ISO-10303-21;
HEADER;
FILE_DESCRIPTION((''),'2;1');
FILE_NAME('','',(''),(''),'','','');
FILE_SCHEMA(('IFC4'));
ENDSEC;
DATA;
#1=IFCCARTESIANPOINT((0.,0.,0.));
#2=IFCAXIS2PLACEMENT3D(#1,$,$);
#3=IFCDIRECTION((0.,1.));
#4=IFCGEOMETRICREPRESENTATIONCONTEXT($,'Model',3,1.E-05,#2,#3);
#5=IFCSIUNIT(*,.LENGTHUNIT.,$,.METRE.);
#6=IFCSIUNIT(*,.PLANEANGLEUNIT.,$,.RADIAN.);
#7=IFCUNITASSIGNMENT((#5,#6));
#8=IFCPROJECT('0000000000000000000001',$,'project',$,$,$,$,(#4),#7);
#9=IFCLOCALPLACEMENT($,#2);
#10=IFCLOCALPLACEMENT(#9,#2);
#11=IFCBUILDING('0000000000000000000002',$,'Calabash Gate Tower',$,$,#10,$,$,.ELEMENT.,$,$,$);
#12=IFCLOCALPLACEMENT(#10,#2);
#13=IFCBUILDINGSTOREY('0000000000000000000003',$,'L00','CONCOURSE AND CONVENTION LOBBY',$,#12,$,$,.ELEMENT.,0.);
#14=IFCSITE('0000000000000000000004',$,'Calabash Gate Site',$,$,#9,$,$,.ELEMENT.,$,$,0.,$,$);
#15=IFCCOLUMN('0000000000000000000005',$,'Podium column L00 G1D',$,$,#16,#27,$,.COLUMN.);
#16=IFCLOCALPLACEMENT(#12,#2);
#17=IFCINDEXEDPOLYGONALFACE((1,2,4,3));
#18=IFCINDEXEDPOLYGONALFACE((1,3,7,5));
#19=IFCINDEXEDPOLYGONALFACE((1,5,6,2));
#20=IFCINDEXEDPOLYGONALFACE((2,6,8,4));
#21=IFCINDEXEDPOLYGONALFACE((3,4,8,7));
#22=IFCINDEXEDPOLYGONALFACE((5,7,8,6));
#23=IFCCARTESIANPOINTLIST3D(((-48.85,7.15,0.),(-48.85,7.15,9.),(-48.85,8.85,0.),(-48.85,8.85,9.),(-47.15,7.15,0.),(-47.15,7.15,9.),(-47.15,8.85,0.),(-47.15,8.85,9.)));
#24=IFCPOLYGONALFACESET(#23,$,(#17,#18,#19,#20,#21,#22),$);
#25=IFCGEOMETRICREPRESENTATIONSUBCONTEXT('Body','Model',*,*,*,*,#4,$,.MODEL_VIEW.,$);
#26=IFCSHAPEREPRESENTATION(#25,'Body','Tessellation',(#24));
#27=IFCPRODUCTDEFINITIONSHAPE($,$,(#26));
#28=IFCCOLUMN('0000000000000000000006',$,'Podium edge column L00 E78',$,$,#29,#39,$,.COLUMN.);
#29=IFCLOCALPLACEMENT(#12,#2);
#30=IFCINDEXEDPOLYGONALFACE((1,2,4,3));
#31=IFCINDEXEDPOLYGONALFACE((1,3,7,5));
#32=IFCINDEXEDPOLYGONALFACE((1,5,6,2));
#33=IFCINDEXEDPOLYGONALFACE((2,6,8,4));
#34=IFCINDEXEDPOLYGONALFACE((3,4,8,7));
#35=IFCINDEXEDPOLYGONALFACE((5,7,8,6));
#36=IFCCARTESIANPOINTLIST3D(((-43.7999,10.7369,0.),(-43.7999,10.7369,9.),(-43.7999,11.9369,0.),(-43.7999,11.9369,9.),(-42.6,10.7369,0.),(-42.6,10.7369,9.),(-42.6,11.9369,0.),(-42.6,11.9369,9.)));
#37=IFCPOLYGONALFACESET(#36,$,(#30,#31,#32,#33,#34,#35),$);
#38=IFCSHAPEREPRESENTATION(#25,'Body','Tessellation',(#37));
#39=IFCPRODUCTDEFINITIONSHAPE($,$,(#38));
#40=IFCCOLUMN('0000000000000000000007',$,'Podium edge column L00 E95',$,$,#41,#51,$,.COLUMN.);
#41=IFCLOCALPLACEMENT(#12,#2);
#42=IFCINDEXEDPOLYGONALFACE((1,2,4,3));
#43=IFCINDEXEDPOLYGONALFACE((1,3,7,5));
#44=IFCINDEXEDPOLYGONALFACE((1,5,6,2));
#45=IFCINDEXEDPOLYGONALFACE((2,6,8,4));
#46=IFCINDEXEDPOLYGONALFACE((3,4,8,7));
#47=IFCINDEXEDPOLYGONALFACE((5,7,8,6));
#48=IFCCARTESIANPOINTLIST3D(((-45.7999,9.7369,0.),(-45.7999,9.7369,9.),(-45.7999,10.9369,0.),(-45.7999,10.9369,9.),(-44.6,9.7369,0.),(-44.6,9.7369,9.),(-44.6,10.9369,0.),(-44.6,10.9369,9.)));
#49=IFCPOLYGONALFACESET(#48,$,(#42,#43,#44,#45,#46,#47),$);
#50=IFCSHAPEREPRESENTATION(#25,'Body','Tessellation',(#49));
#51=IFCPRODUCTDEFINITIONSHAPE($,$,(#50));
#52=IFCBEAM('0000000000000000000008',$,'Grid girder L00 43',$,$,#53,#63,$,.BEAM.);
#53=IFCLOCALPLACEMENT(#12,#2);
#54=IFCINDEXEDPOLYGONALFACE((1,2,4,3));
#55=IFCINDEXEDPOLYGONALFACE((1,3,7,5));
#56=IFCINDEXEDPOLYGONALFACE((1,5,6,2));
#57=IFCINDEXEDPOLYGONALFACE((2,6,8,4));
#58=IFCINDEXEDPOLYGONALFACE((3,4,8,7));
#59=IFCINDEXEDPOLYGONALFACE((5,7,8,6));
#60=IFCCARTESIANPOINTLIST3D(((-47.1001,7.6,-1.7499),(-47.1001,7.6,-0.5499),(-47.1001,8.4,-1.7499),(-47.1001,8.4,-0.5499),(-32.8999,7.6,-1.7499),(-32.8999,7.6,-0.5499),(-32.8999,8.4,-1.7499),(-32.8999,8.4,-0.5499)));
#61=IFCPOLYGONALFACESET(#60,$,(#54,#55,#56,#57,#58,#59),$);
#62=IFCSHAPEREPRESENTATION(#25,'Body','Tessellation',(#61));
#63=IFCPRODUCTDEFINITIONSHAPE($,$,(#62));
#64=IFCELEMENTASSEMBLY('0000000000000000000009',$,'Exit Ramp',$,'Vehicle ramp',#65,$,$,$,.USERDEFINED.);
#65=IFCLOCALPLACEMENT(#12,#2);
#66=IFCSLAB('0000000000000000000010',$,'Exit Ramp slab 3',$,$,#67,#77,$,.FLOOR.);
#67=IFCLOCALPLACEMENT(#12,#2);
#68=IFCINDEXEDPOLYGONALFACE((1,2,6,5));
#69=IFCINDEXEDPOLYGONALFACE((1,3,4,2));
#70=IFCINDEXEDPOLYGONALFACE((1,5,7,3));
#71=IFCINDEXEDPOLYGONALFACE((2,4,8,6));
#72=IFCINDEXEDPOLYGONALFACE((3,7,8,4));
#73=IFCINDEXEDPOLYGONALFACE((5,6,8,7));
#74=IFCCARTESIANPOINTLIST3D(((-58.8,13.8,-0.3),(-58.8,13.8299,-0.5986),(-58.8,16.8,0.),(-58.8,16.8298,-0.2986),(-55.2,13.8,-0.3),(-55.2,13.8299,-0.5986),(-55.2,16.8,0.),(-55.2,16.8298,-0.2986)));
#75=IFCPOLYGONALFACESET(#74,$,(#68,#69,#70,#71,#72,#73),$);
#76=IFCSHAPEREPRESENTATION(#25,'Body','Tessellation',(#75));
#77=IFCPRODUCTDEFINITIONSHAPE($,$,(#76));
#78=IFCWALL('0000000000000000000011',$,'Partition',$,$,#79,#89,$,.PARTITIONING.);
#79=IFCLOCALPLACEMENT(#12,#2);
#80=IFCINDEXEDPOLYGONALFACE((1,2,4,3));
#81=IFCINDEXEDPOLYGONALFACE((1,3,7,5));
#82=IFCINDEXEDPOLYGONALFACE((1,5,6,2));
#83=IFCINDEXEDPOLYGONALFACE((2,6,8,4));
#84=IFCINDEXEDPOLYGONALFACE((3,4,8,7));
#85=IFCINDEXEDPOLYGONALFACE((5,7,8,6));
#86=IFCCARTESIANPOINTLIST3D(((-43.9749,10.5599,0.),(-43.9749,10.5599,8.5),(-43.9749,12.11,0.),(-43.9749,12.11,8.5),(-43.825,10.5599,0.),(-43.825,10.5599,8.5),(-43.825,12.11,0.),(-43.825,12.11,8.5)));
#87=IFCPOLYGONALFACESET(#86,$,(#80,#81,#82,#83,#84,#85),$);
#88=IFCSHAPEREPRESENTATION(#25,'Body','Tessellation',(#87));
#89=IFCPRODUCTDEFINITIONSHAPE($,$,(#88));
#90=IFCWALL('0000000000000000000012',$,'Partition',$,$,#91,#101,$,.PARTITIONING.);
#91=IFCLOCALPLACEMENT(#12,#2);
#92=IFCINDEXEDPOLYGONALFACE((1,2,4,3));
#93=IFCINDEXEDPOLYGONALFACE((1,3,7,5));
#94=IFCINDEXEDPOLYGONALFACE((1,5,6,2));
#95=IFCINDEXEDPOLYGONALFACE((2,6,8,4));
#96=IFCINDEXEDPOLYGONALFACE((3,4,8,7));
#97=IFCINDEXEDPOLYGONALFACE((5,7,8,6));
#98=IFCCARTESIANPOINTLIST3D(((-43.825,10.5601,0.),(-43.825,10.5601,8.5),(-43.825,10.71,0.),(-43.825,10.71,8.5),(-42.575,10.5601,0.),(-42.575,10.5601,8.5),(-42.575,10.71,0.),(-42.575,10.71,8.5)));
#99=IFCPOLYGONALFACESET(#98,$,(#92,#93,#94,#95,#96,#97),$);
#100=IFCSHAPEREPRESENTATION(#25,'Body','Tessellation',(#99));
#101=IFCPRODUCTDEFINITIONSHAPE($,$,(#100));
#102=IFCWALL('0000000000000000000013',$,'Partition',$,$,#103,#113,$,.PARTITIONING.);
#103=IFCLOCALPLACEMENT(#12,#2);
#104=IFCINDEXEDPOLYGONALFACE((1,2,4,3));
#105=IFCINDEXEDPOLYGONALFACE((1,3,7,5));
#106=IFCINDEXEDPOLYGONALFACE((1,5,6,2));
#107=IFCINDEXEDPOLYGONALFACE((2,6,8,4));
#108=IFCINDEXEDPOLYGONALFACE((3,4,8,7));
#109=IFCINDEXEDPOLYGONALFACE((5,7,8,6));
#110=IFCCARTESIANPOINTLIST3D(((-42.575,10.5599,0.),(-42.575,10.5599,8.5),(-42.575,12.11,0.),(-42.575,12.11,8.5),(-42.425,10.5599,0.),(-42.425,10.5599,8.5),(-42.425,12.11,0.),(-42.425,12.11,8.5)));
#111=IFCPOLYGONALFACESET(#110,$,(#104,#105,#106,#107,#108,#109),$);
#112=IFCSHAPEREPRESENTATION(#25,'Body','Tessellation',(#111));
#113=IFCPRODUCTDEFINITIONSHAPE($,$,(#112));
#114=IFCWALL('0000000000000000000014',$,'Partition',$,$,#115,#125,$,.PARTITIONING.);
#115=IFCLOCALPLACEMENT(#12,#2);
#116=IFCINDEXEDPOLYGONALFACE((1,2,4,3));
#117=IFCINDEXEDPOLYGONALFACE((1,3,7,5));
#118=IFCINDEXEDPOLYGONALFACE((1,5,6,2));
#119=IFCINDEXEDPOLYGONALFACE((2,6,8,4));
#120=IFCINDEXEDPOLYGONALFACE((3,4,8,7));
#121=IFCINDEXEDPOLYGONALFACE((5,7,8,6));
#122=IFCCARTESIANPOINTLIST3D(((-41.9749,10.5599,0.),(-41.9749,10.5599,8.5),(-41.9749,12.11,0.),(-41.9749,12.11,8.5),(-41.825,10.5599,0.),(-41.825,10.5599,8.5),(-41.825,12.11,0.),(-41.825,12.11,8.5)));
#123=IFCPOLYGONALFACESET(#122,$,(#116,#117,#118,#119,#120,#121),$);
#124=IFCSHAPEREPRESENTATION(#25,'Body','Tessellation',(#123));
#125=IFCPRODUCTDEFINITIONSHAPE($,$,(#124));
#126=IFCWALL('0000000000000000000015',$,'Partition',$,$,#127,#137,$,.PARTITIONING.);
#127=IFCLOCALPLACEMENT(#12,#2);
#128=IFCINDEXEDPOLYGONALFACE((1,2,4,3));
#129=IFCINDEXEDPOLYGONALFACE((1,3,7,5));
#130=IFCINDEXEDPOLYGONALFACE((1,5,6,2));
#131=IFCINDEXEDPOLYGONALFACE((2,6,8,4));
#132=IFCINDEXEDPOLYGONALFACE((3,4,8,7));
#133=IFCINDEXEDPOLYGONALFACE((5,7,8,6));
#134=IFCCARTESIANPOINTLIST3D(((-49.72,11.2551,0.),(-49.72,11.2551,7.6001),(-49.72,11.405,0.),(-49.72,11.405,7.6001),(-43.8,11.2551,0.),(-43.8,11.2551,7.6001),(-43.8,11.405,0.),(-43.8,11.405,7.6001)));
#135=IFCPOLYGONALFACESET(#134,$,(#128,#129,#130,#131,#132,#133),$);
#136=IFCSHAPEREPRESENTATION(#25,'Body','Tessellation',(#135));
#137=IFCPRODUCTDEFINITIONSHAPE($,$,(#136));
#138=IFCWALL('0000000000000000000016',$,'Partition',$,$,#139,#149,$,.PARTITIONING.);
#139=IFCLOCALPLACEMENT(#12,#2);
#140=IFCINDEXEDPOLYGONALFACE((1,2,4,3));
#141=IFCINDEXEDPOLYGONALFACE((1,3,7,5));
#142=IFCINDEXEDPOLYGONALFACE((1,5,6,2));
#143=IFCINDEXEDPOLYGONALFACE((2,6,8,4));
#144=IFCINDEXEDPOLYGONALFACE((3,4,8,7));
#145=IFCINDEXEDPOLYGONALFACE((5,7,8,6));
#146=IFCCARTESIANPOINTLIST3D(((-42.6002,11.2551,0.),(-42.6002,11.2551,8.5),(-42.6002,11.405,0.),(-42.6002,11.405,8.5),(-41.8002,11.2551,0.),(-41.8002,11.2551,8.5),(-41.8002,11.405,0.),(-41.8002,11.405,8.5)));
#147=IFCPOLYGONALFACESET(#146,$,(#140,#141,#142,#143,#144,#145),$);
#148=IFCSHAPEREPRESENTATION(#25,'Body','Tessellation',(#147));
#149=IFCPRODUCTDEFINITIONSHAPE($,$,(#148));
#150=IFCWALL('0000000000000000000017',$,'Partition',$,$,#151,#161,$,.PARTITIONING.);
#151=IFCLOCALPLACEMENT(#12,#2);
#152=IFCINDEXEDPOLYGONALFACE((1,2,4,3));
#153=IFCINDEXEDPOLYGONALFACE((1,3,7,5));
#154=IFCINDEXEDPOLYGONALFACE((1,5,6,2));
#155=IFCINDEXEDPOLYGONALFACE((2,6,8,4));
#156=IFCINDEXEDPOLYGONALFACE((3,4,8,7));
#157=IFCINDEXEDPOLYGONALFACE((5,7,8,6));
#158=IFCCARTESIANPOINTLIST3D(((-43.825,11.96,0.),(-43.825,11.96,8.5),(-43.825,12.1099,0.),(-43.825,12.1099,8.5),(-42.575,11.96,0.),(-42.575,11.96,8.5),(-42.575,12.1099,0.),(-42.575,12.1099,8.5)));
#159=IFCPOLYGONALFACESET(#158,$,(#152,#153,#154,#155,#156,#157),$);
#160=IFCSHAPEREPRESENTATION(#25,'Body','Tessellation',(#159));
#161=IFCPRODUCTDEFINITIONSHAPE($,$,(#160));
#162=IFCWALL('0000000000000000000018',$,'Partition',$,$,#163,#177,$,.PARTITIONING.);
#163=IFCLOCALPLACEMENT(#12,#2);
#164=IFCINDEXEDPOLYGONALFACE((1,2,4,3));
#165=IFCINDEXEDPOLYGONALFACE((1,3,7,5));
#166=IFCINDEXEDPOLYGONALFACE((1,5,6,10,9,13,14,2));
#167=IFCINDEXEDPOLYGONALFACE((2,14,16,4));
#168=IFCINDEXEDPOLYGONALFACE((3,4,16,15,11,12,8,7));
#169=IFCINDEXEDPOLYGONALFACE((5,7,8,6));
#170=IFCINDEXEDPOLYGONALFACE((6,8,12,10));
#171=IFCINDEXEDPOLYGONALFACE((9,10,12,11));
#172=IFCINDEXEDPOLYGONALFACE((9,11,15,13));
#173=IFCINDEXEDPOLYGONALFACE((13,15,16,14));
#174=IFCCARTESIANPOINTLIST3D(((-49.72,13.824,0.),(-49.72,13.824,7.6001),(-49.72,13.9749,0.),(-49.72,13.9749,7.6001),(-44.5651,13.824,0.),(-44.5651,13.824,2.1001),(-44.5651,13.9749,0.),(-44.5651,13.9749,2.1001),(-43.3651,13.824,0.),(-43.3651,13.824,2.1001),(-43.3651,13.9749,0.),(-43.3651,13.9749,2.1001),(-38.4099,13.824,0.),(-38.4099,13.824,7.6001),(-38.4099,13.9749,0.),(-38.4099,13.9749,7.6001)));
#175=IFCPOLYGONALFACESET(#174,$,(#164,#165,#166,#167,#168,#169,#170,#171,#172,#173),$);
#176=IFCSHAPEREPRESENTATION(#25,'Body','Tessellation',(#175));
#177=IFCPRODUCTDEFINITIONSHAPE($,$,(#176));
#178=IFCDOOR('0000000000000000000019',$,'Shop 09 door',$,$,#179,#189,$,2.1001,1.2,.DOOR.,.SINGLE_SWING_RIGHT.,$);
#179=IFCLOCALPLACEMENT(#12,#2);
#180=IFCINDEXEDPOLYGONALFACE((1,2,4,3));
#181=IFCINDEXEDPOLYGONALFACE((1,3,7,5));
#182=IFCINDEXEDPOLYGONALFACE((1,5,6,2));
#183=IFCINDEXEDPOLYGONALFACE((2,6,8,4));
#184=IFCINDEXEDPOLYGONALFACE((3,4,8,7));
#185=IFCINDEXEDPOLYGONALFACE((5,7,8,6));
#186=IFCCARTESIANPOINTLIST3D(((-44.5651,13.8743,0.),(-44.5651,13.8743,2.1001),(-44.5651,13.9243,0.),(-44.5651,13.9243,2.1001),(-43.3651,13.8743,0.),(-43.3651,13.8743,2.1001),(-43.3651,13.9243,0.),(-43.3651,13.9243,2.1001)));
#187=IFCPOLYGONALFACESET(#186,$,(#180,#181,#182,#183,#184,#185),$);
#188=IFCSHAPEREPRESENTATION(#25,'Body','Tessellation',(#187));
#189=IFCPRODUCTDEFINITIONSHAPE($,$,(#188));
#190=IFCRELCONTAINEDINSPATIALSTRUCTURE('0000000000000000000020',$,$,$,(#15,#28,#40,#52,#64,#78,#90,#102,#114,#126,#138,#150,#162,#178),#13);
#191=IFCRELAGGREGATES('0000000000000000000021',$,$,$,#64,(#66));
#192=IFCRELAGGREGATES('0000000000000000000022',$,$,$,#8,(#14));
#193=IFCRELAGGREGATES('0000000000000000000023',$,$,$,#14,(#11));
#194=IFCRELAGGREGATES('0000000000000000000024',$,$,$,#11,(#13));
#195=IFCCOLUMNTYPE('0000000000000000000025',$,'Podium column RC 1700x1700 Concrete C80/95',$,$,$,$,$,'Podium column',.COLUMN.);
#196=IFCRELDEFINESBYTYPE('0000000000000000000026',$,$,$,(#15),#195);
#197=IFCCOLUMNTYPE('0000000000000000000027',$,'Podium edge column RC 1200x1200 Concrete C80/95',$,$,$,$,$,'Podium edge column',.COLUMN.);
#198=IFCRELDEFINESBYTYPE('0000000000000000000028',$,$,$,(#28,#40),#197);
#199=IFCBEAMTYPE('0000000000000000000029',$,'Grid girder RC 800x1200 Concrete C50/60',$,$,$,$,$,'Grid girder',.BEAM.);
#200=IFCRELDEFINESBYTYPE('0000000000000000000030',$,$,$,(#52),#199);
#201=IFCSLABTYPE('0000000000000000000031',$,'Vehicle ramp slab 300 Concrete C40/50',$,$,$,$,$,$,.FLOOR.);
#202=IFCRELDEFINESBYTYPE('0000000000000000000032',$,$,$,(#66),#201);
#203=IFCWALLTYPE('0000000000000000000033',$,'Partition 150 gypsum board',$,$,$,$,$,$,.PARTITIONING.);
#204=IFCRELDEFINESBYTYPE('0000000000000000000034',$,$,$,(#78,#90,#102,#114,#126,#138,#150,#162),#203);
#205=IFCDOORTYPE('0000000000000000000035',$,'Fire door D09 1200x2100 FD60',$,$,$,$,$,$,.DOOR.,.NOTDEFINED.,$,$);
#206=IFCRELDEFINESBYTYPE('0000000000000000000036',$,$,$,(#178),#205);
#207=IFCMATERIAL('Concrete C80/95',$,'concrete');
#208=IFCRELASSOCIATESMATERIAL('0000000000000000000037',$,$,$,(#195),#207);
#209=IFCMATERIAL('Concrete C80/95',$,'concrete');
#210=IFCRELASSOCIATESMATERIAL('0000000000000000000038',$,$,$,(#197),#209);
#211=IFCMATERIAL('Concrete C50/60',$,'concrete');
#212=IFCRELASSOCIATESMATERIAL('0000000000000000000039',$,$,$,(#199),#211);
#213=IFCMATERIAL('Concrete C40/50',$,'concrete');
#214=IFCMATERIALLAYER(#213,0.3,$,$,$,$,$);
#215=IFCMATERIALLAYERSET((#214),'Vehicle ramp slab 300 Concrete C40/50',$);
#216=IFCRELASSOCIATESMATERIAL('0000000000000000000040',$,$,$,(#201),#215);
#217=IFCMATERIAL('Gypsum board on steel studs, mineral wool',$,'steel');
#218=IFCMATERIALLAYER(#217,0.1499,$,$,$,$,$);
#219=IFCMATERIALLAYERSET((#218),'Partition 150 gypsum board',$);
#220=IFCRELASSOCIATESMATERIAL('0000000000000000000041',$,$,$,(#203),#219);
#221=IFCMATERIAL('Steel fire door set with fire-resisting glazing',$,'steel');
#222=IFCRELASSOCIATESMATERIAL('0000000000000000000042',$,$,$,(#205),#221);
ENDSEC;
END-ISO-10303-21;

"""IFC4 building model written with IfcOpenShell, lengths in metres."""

from ifc_helpers import new_model, si_unit, direction, frame, frame_2d, origin, origin_2d, place, context, subcontext, project, spatial, polyline, rectangle, outline, extrude, material, layer, layer_set, material_profile, profile_set, type_object, element, fill, aggregate, save


model = new_model("IFC4")

# Units and contexts
model_context = context("Model", 3, precision=1e-05, world=origin(), true_north=direction((0.0, 1.0)))
body_context = subcontext(model_context, "Body", "Model", "MODEL_VIEW")
ifc_project = project(units=[si_unit("LENGTHUNIT", "METRE"), si_unit("PLANEANGLEUNIT", "RADIAN")], contexts=[model_context])

# Site, building, storey
site_placement = place(None, origin())
site = spatial("IfcSite", under=ifc_project, at=site_placement, Name="Calabash Gate Site", CompositionType="ELEMENT", RefElevation=0.0)
building_placement = place(site_placement, origin())
building = spatial("IfcBuilding", under=site, at=building_placement, Name="Calabash Gate Tower", CompositionType="ELEMENT")
storey_placement = place(building_placement, origin())
storey = spatial("IfcBuildingStorey", under=building, at=storey_placement, Name="L00", Description="CONCOURSE AND CONVENTION LOBBY", CompositionType="ELEMENT", Elevation=0.0)

# Columns
ifc_material_1 = material(Name="Concrete C80/95", Category="concrete")
ifc_material_profile_1 = material_profile(ifc_material_1, rectangle(XDim=1.7, YDim=1.7, at=origin_2d()))
ifc_profile_set_1 = profile_set([ifc_material_profile_1], Name="Concrete C80/95")
column_type_1 = type_object("IfcColumnType", Name="Podium column RC 1700x1700 Concrete C80/95", ElementType="Podium column", PredefinedType="COLUMN", material=ifc_profile_set_1)
column_placement = place(storey_placement, frame((-48.0, 8.0, 0.0), z_axis=(0.0, 0.0, 1.0), x_axis=(1.0, 0.0, 0.0)))
element("IfcColumn", 1, at=column_placement, inside=storey, type_object=column_type_1, Name="Podium column L00 G1D", PredefinedType="COLUMN", context=body_context, shape_type="SweptSolid", body=[
    extrude(rectangle(XDim=1.7, YDim=1.7, at=origin_2d()), origin(), (0.0, 0.0, 1.0), 9.0),
])
ifc_material_2 = material(Name="Concrete C80/95", Category="concrete")
ifc_material_profile_2 = material_profile(ifc_material_2, rectangle(XDim=1.2, YDim=1.2, at=origin_2d()))
ifc_profile_set_2 = profile_set([ifc_material_profile_2], Name="Concrete C80/95")
column_type_2 = type_object("IfcColumnType", Name="Podium edge column RC 1200x1200 Concrete C80/95", ElementType="Podium edge column", PredefinedType="COLUMN", material=ifc_profile_set_2)
for number, where, z_axis, x_axis, name in (
    (2, (-43.2, 11.3369, 0.0), (0.0, 0.0, 1.0), (1.0, 0.0, 0.0), "Podium edge column L00 E78"),
    (3, (-45.2, 10.3369, 0.0), (0.0, 0.0, 1.0), (1.0, 0.0, 0.0), "Podium edge column L00 E95"),
):
    element("IfcColumn", number, at=place(storey_placement, frame(where, z_axis=z_axis, x_axis=x_axis)), inside=storey, type_object=column_type_2, Name=name, PredefinedType="COLUMN", context=body_context, shape_type="SweptSolid", body=[
        extrude(rectangle(XDim=1.2, YDim=1.2, at=origin_2d()), origin(), (0.0, 0.0, 1.0), 9.0),
    ])

# Beam
ifc_material_3 = material(Name="Concrete C50/60", Category="concrete")
ifc_material_profile_3 = material_profile(ifc_material_3, rectangle(XDim=0.8, YDim=1.2, at=origin_2d()))
ifc_profile_set_3 = profile_set([ifc_material_profile_3], Name="Concrete C50/60")
beam_type = type_object("IfcBeamType", Name="Grid girder RC 800x1200 Concrete C50/60", ElementType="Grid girder", PredefinedType="BEAM", material=ifc_profile_set_3)
beam_placement = place(storey_placement, frame((-47.1001, 8.0, -1.1499), z_axis=(1.0, 0.0, 0.0), x_axis=(0.0, 1.0, 0.0)))
element("IfcBeam", 4, at=beam_placement, inside=storey, type_object=beam_type, Name="Grid girder L00 43", PredefinedType="BEAM", context=body_context, shape_type="SweptSolid", body=[
    extrude(rectangle(XDim=0.8, YDim=1.2, at=origin_2d()), origin(), (0.0, 0.0, 1.0), 14.2002),
])

# Element assembly, slab
assembly_placement = place(storey_placement, origin())
assembly = element("IfcElementAssembly", 5, at=assembly_placement, inside=storey, Name="Exit Ramp", ObjectType="Vehicle ramp", PredefinedType="USERDEFINED")
ifc_material_4 = material(Name="Concrete C40/50", Category="concrete")
ifc_layer_1 = layer(ifc_material_4, 0.3)
ifc_layer_set_1 = layer_set([ifc_layer_1], Name="Vehicle ramp slab 300 Concrete C40/50")
slab_type = type_object("IfcSlabType", Name="Vehicle ramp slab 300 Concrete C40/50", PredefinedType="FLOOR", material=ifc_layer_set_1)
slab_placement = place(storey_placement, frame((-58.8, 13.8, -0.3), z_axis=(0.0, -0.09952, 0.995036), x_axis=(1.0, 0.0, 0.0)))
slab = element("IfcSlab", 6, at=slab_placement, type_object=slab_type, Name="Exit Ramp slab 3", PredefinedType="FLOOR", context=body_context, shape_type="SweptSolid", body=[
    extrude(outline(polyline([(0.0, 0.0), (3.6001, 0.0), (3.6001, 3.0149), (0.0, 3.0149), (0.0, 0.0)])), origin(), (0.0, 0.0, -1.0), 0.3),
])

# Walls
ifc_material_5 = material(Name="Gypsum board on steel studs, mineral wool", Category="steel")
ifc_layer_2 = layer(ifc_material_5, 0.1499)
ifc_layer_set_2 = layer_set([ifc_layer_2], Name="Partition 150 gypsum board")
wall_type_1 = type_object("IfcWallType", Name="Partition 150 gypsum board", PredefinedType="PARTITIONING", material=ifc_layer_set_2)
wall_1_placement = place(storey_placement, frame((-43.8999, 10.5601, 0.0), z_axis=(0.0, 0.0, 1.0), x_axis=(0.0, 1.0, 0.0)))
element("IfcWall", 7, at=wall_1_placement, inside=storey, type_object=wall_type_1, Name="Partition", PredefinedType="PARTITIONING", context=body_context, shape_type="SweptSolid", body=[
    extrude(rectangle(XDim=1.55, YDim=0.1499, at=frame_2d((0.7749, 0.0))), origin(), (0.0, 0.0, 1.0), 8.5),
])
wall_2_placement = place(storey_placement, frame((-43.825, 10.635, 0.0), z_axis=(0.0, 0.0, 1.0), x_axis=(1.0, 0.0, 0.0)))
element("IfcWall", 8, at=wall_2_placement, inside=storey, type_object=wall_type_1, Name="Partition", PredefinedType="PARTITIONING", context=body_context, shape_type="SweptSolid", body=[
    extrude(rectangle(XDim=1.25, YDim=0.1499, at=frame_2d((0.625, 0.0))), origin(), (0.0, 0.0, 1.0), 8.5),
])
for number, where, z_axis, x_axis, name in (
    (9, (-42.5, 10.5601, 0.0), (0.0, 0.0, 1.0), (0.0, 1.0, 0.0), "Partition"),
    (10, (-41.8999, 10.5601, 0.0), (0.0, 0.0, 1.0), (0.0, 1.0, 0.0), "Partition"),
):
    element("IfcWall", number, at=place(storey_placement, frame(where, z_axis=z_axis, x_axis=x_axis)), inside=storey, type_object=wall_type_1, Name=name, PredefinedType="PARTITIONING", context=body_context, shape_type="SweptSolid", body=[
        extrude(rectangle(XDim=1.55, YDim=0.1499, at=frame_2d((0.7749, 0.0))), origin(), (0.0, 0.0, 1.0), 8.5),
    ])
wall_3_placement = place(storey_placement, frame((-49.72, 11.3301, 0.0), z_axis=(0.0, 0.0, 1.0), x_axis=(1.0, 0.0, 0.0)))
element("IfcWall", 11, at=wall_3_placement, inside=storey, type_object=wall_type_1, Name="Partition", PredefinedType="PARTITIONING", context=body_context, shape_type="SweptSolid", body=[
    extrude(rectangle(XDim=5.9199, YDim=0.1499, at=frame_2d((2.96, 0.0))), origin(), (0.0, 0.0, 1.0), 7.6001),
])
wall_4_placement = place(storey_placement, frame((-42.6001, 11.3301, 0.0), z_axis=(0.0, 0.0, 1.0), x_axis=(1.0, 0.0, 0.0)))
element("IfcWall", 12, at=wall_4_placement, inside=storey, type_object=wall_type_1, Name="Partition", PredefinedType="PARTITIONING", context=body_context, shape_type="SweptSolid", body=[
    extrude(rectangle(XDim=0.8, YDim=0.1499, at=frame_2d((0.3999, 0.0))), origin(), (0.0, 0.0, 1.0), 8.5),
])
wall_5_placement = place(storey_placement, frame((-43.825, 12.0349, 0.0), z_axis=(0.0, 0.0, 1.0), x_axis=(1.0, 0.0, 0.0)))
element("IfcWall", 13, at=wall_5_placement, inside=storey, type_object=wall_type_1, Name="Partition", PredefinedType="PARTITIONING", context=body_context, shape_type="SweptSolid", body=[
    extrude(rectangle(XDim=1.25, YDim=0.1499, at=frame_2d((0.625, 0.0))), origin(), (0.0, 0.0, 1.0), 8.5),
])

# Wall, opening, door
wall_6_placement = place(storey_placement, frame((-49.72, 13.8994, 0.0), z_axis=(0.0, 0.0, 1.0), x_axis=(1.0, 0.0, 0.0)))
wall_6 = element("IfcWall", 14, at=wall_6_placement, inside=storey, type_object=wall_type_1, Name="Partition", PredefinedType="PARTITIONING", context=body_context, shape_type="SweptSolid", body=[
    extrude(rectangle(XDim=11.3101, YDim=0.1509, at=frame_2d((5.655, 0.0))), origin(), (0.0, 0.0, 1.0), 7.6001),
])
opening_1_placement = place(wall_6_placement, frame((5.1548, 0.0, 0.0)))
opening_1 = element("IfcOpeningElement", 15, at=opening_1_placement, cuts=wall_6, PredefinedType="OPENING", context=body_context, shape_type="SweptSolid", body=[
    extrude(rectangle(XDim=1.2, YDim=2.1001, at=frame_2d((0.6001, 1.05))), frame((0.0, 0.0854, 0.0), z_axis=(0.0, -1.0, 0.0), x_axis=(1.0, 0.0, 0.0)), (0.0, 0.0, 1.0), 0.1709),
])
ifc_material_6 = material(Name="Steel fire door set with fire-resisting glazing", Category="steel")
door_type_1 = type_object("IfcDoorType", Name="Fire door D09 1200x2100 FD60", OperationType="NOTDEFINED", PredefinedType="DOOR", material=ifc_material_6)
door_1_placement = place(opening_1_placement, origin())
door_1 = element("IfcDoor", 16, at=door_1_placement, inside=storey, type_object=door_type_1, Name="Shop 09 door", OperationType="SINGLE_SWING_RIGHT", OverallHeight=2.1001, OverallWidth=1.2, PredefinedType="DOOR", context=body_context, shape_type="SweptSolid", body=[
    extrude(rectangle(XDim=1.2, YDim=2.1001, at=frame_2d((0.6001, 1.05))), frame((0.0, 0.0249, 0.0), z_axis=(0.0, -1.0, 0.0), x_axis=(1.0, 0.0, 0.0)), (0.0, 0.0, 1.0), 0.05),
])
fill(opening_1, door_1)

aggregate(assembly, [slab])

save(model, "model.ifc")
